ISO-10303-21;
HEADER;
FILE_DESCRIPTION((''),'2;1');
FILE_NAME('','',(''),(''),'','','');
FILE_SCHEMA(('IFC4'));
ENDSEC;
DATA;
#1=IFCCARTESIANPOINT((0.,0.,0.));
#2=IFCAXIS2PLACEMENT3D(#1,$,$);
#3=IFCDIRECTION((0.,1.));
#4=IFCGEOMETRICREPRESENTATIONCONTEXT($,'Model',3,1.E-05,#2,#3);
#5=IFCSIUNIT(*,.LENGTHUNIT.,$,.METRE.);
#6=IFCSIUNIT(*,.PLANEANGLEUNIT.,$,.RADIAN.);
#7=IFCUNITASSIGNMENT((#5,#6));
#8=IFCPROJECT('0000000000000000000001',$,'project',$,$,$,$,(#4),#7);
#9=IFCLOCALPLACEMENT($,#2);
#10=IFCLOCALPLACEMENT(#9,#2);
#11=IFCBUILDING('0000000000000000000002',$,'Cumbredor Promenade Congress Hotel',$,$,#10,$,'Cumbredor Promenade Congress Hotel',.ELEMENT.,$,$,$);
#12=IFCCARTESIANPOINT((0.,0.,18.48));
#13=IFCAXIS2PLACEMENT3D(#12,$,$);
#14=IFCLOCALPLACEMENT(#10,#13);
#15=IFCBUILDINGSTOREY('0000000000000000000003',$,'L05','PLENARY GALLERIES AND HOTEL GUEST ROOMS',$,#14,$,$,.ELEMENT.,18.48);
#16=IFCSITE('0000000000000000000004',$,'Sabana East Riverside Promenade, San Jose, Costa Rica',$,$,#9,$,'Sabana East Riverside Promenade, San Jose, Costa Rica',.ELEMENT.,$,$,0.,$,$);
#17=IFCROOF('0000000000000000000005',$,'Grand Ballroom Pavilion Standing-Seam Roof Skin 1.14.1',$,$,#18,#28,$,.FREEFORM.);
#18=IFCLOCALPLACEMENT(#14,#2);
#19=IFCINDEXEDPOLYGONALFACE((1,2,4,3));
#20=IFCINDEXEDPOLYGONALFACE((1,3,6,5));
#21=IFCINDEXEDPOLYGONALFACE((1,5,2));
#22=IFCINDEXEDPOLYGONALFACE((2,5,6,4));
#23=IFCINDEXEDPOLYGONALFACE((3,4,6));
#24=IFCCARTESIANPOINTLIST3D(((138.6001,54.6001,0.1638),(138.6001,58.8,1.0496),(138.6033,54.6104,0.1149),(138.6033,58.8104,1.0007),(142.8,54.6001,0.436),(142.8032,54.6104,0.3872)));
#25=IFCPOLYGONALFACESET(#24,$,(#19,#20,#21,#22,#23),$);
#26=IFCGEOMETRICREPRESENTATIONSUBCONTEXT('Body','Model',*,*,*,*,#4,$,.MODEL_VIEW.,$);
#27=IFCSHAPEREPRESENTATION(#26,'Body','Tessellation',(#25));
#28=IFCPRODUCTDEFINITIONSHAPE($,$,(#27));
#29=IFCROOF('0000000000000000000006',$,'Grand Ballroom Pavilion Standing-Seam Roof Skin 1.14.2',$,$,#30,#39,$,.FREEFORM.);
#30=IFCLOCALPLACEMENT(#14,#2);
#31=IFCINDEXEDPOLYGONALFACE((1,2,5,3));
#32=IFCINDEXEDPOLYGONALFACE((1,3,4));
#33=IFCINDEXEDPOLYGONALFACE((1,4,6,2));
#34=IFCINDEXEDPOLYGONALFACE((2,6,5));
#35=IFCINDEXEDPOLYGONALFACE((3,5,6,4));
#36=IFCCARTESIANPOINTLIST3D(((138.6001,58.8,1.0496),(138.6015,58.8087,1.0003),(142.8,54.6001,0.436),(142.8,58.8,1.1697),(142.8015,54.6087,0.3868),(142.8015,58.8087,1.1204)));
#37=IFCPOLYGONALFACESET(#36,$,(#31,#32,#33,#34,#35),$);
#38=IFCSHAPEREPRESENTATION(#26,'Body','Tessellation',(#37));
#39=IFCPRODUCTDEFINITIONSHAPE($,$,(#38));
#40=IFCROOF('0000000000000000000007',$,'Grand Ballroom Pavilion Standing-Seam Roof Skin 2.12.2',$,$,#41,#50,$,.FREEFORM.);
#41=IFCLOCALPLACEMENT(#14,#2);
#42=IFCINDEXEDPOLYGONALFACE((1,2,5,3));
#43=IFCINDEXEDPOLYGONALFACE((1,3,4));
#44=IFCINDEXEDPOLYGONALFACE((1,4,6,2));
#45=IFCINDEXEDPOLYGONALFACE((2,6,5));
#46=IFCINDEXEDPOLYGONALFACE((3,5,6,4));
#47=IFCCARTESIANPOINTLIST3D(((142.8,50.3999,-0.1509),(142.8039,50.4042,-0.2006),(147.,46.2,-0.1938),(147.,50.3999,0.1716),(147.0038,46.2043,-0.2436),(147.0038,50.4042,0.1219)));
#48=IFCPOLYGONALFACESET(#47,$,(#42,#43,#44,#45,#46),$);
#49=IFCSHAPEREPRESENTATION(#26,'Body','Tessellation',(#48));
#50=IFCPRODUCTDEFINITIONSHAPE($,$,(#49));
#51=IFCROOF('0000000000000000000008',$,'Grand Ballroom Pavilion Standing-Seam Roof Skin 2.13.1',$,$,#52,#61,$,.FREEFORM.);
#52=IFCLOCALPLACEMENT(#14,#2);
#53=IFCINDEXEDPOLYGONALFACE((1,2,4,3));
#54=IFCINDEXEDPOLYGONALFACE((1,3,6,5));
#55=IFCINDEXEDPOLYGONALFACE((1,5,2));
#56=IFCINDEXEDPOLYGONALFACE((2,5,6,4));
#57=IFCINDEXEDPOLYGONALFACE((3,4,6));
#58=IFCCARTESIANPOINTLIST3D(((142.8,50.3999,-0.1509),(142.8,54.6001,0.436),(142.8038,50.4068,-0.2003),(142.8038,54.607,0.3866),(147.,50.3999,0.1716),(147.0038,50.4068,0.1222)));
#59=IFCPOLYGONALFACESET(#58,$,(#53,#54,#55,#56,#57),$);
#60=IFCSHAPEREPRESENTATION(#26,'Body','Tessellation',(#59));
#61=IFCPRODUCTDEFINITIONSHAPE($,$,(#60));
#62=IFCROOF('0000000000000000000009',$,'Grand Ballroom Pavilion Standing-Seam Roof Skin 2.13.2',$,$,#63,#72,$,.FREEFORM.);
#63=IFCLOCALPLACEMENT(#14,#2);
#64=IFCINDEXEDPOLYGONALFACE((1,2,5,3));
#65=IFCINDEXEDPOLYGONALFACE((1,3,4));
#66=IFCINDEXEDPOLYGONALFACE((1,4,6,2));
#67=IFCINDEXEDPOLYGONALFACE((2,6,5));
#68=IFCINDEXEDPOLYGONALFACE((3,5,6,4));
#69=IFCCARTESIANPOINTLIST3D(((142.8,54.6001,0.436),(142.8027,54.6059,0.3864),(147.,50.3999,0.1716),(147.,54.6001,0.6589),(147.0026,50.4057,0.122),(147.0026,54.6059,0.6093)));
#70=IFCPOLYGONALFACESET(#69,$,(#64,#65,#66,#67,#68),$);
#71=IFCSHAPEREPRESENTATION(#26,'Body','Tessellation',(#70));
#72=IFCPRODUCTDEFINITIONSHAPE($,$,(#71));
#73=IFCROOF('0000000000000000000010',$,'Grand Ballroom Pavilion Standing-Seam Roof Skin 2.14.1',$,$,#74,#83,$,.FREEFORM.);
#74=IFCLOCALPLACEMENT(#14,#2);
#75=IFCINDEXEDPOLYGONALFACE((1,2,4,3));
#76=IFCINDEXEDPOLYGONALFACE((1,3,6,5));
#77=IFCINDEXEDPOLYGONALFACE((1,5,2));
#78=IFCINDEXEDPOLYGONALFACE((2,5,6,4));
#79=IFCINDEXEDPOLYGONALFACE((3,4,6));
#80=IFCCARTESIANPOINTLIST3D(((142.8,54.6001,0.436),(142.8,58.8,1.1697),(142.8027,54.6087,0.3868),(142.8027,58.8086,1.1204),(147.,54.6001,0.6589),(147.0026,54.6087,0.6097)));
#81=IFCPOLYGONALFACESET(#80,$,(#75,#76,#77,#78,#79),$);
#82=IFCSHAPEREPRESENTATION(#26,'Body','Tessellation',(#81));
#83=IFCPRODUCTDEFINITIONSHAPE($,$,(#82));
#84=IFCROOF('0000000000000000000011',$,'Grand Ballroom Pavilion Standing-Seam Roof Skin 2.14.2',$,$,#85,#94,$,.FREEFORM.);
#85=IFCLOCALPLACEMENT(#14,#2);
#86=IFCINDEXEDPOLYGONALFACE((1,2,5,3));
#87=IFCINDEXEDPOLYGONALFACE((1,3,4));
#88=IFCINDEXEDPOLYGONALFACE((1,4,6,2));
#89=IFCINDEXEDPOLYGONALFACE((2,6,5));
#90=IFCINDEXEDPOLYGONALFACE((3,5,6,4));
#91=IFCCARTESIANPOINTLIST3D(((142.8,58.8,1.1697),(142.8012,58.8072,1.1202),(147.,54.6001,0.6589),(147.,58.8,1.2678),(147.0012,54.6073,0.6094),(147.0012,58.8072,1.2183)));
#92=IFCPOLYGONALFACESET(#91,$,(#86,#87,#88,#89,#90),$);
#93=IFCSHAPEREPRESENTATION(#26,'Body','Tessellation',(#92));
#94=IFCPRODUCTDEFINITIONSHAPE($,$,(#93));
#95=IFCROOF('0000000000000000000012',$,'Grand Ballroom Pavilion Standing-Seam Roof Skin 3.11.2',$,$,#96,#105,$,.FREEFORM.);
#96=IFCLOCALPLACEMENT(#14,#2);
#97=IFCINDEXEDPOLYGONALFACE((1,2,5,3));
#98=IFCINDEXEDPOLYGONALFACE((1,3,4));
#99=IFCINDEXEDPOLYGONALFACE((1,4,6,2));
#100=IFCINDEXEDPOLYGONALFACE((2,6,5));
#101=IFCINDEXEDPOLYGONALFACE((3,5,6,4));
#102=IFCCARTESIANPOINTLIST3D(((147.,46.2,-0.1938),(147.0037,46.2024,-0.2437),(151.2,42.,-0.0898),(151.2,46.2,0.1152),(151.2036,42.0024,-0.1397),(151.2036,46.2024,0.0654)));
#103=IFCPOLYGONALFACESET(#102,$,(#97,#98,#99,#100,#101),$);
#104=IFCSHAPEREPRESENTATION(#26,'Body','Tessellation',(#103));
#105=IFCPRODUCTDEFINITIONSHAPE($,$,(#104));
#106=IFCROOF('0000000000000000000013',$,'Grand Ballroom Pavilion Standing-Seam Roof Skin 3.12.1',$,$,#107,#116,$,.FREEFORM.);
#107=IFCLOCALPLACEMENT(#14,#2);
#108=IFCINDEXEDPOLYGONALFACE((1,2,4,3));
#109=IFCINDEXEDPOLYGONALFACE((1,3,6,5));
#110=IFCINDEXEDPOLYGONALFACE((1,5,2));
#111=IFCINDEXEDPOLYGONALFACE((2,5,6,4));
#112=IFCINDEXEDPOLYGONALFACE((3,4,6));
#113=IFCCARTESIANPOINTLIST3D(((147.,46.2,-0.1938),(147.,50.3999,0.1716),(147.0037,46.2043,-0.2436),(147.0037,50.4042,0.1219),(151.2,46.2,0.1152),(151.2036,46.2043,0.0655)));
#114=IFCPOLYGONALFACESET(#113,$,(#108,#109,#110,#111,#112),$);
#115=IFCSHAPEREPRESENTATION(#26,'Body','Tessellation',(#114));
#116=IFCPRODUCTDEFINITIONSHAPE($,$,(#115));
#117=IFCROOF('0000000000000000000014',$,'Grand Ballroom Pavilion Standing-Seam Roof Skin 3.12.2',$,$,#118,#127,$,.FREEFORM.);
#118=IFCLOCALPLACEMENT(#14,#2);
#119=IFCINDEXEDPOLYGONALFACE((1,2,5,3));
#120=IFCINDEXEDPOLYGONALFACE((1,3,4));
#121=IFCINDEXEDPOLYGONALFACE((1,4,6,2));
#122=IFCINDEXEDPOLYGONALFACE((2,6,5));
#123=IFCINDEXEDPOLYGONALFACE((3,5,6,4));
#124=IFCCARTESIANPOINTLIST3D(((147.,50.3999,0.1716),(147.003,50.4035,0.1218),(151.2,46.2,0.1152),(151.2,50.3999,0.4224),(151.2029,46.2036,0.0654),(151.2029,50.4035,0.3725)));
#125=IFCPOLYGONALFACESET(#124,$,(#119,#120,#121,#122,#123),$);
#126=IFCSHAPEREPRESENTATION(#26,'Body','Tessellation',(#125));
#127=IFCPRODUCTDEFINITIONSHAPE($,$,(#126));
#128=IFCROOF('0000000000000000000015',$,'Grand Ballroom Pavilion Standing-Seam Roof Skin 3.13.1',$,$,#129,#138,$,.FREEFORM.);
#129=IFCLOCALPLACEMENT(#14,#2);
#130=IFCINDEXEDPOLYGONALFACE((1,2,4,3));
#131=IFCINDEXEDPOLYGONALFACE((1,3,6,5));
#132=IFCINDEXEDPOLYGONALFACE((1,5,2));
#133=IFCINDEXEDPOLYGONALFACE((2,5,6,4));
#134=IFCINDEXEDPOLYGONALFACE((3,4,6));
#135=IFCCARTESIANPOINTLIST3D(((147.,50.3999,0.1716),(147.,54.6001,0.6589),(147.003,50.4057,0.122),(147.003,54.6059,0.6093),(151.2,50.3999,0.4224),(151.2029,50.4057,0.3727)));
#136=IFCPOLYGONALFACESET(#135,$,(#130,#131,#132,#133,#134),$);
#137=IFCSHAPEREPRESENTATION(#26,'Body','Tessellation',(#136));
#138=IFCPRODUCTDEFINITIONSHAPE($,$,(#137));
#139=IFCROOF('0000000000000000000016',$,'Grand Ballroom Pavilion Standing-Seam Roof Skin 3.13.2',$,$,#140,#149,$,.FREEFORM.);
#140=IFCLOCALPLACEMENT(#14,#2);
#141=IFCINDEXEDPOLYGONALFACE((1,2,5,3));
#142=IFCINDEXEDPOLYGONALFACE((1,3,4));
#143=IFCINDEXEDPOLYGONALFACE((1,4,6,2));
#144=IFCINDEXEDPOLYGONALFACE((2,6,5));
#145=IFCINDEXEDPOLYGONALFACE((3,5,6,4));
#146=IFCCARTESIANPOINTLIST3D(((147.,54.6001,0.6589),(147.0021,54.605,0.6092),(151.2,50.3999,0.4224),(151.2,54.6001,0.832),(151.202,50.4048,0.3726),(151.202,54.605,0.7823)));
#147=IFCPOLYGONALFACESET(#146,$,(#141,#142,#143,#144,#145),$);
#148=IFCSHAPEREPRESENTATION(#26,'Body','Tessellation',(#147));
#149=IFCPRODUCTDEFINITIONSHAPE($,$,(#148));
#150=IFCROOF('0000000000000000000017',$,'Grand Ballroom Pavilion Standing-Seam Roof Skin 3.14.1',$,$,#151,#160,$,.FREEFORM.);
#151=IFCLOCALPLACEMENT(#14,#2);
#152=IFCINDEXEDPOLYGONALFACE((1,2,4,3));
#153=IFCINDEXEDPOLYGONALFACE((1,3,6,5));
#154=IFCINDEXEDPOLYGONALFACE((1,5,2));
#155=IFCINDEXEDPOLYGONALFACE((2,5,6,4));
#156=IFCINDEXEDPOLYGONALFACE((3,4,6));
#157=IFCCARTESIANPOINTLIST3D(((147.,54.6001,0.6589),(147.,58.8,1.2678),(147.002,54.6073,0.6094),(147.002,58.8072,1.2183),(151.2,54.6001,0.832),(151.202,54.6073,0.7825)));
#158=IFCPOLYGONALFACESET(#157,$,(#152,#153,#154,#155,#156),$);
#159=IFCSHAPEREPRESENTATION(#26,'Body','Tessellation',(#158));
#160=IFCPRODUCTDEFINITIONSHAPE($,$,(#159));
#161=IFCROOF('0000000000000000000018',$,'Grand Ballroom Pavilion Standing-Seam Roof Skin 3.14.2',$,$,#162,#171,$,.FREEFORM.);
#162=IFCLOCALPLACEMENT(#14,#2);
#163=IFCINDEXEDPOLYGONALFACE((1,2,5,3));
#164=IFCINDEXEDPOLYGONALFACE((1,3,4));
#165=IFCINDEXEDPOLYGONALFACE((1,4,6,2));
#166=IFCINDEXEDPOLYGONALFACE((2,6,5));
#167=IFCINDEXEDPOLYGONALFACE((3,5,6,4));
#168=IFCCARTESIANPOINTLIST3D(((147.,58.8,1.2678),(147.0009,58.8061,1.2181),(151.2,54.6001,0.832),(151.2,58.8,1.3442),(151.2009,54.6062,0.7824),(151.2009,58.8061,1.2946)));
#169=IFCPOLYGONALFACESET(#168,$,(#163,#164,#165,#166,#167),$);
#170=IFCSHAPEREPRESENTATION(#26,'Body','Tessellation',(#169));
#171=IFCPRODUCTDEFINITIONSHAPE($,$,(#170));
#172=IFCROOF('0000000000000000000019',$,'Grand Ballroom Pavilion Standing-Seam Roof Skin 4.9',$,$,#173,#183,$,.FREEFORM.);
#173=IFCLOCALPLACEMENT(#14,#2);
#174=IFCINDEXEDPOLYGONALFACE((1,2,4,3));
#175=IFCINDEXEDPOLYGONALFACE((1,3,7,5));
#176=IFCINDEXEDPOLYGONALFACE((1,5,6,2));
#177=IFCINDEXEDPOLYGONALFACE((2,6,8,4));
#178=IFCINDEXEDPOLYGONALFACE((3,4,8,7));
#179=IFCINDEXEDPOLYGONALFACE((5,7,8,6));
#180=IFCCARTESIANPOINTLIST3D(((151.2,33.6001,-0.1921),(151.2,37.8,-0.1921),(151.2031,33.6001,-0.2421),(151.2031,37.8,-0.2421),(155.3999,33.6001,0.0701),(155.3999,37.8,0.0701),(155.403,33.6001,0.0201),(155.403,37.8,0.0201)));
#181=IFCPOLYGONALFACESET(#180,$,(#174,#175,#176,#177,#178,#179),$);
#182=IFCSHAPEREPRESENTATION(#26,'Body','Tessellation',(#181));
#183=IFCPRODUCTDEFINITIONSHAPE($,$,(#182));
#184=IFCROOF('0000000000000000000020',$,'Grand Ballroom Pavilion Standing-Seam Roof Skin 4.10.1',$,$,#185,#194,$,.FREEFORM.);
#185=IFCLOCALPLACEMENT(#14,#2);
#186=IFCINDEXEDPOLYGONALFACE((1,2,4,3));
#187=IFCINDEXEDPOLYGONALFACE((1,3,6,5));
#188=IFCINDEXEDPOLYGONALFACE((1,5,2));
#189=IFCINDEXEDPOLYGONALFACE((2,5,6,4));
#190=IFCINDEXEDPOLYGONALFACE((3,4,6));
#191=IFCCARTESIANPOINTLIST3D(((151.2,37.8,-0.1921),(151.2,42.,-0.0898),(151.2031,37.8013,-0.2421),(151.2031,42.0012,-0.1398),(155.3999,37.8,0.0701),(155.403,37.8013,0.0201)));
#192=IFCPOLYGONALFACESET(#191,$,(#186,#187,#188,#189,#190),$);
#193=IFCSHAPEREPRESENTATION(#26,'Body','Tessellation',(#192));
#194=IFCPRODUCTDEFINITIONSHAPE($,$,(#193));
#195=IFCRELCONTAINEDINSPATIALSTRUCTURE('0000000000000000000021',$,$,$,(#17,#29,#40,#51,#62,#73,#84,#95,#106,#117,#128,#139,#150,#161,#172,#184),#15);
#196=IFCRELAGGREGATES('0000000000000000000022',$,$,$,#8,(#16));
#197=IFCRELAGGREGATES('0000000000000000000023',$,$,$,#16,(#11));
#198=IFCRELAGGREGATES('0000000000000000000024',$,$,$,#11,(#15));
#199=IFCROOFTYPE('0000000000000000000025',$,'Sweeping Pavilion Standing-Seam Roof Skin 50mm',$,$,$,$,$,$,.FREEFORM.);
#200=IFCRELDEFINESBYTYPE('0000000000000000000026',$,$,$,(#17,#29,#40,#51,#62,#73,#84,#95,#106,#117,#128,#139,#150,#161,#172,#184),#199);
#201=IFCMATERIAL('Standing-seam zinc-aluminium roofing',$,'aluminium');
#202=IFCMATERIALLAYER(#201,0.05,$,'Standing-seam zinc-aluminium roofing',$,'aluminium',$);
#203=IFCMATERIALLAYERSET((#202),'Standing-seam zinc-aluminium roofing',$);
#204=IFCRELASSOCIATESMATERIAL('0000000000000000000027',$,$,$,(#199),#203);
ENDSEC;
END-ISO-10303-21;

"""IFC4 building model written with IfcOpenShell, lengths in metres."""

from ifc_helpers import new_model, si_unit, direction, frame, origin, place, context, subcontext, project, spatial, polyline, outline, extrude, material, layer, layer_set, type_object, element, save


model = new_model("IFC4")

# Units and contexts
model_context = context("Model", 3, precision=1e-05, world=origin(), true_north=direction((0.0, 1.0)))
body_context = subcontext(model_context, "Body", "Model", "MODEL_VIEW")
ifc_project = project(units=[si_unit("LENGTHUNIT", "METRE"), si_unit("PLANEANGLEUNIT", "RADIAN")], contexts=[model_context])

# Site, building, storey
site_placement = place(None, origin())
site = spatial("IfcSite", under=ifc_project, at=site_placement, Name="Sabana East Riverside Promenade, San Jose, Costa Rica", LongName="Sabana East Riverside Promenade, San Jose, Costa Rica", CompositionType="ELEMENT", RefElevation=0.0)
building_placement = place(site_placement, origin())
building = spatial("IfcBuilding", under=site, at=building_placement, Name="Cumbredor Promenade Congress Hotel", LongName="Cumbredor Promenade Congress Hotel", CompositionType="ELEMENT")
storey_placement = place(building_placement, frame((0.0, 0.0, 18.48)))
storey = spatial("IfcBuildingStorey", under=building, at=storey_placement, Name="L05", Description="PLENARY GALLERIES AND HOTEL GUEST ROOMS", CompositionType="ELEMENT", Elevation=18.48)

# Roofs
ifc_material_1 = material(Name="Standing-seam zinc-aluminium roofing", Category="aluminium")
ifc_layer_1 = layer(ifc_material_1, 0.05, Name="Standing-seam zinc-aluminium roofing", Category="aluminium")
ifc_layer_set_1 = layer_set([ifc_layer_1], Name="Standing-seam zinc-aluminium roofing")
roof_type = type_object("IfcRoofType", Name="Sweeping Pavilion Standing-Seam Roof Skin 50mm", PredefinedType="FREEFORM", material=ifc_layer_set_1)
roof_1_placement = place(storey_placement, frame((138.6001, 54.6001, 0.1638), z_axis=(-0.063292, -0.205941, 0.976516), x_axis=(0.997906, 0.0, 0.064679)))
element("IfcRoof", 1, at=roof_1_placement, inside=storey, type_object=roof_type, Name="Grand Ballroom Pavilion Standing-Seam Roof Skin 1.14.1", PredefinedType="FREEFORM", context=body_context, shape_type="SweptSolid", body=[
    extrude(outline(polyline([(0.0, 0.0), (4.2088, 0.0), (0.0573, 4.292), (0.0, 0.0)])), origin(), (0.0, 0.0, -1.0), 0.05),
])
roof_2_placement = place(storey_placement, frame((142.8, 54.6001, 0.436), z_axis=(-0.028162, -0.172005, 0.984693), x_axis=(0.0, 0.985084, 0.172073)))
element("IfcRoof", 2, at=roof_2_placement, inside=storey, type_object=roof_type, Name="Grand Ballroom Pavilion Standing-Seam Roof Skin 1.14.2", PredefinedType="FREEFORM", context=body_context, shape_type="SweptSolid", body=[
    extrude(outline(polyline([(0.0, 0.0), (4.2635, 0.0), (4.2429, 4.2016), (0.0, 0.0)])), origin(), (0.0, 0.0, -1.0), 0.05),
])
roof_3_placement = place(storey_placement, frame((147.0, 46.2, -0.1938), z_axis=(-0.076277, -0.08644, 0.993333), x_axis=(0.0, 0.996235, 0.086692)))
element("IfcRoof", 3, at=roof_3_placement, inside=storey, type_object=roof_type, Name="Grand Ballroom Pavilion Standing-Seam Roof Skin 2.12.2", PredefinedType="FREEFORM", context=body_context, shape_type="SweptSolid", body=[
    extrude(outline(polyline([(0.0, 0.0), (4.2158, 0.0), (4.1879, 4.2122), (0.0, 0.0)])), origin(), (0.0, 0.0, -1.0), 0.05),
])
roof_4_placement = place(storey_placement, frame((142.8, 50.3999, -0.1509), z_axis=(-0.075831, -0.137992, 0.987526), x_axis=(0.997065, 0.0, 0.076564)))
element("IfcRoof", 4, at=roof_4_placement, inside=storey, type_object=roof_type, Name="Grand Ballroom Pavilion Standing-Seam Roof Skin 2.13.1", PredefinedType="FREEFORM", context=body_context, shape_type="SweptSolid", body=[
    extrude(outline(polyline([(0.0, 0.0), (4.2123, 0.0), (0.0449, 4.2408), (0.0, 0.0)])), origin(), (0.0, 0.0, -1.0), 0.05),
])
roof_5_placement = place(storey_placement, frame((147.0, 50.3999, 0.1716), z_axis=(-0.052645, -0.115087, 0.991959), x_axis=(0.0, 0.993337, 0.115246)))
element("IfcRoof", 5, at=roof_5_placement, inside=storey, type_object=roof_type, Name="Grand Ballroom Pavilion Standing-Seam Roof Skin 2.13.2", PredefinedType="FREEFORM", context=body_context, shape_type="SweptSolid", body=[
    extrude(outline(polyline([(0.0, 0.0), (4.2284, 0.0), (4.2027, 4.2058), (0.0, 0.0)])), origin(), (0.0, 0.0, -1.0), 0.05),
])
roof_6_placement = place(storey_placement, frame((142.8, 54.6001, 0.436), z_axis=(-0.052209, -0.171839, 0.983741), x_axis=(0.998595, 0.0, 0.052998)))
element("IfcRoof", 6, at=roof_6_placement, inside=storey, type_object=roof_type, Name="Grand Ballroom Pavilion Standing-Seam Roof Skin 2.14.1", PredefinedType="FREEFORM", context=body_context, shape_type="SweptSolid", body=[
    extrude(outline(polyline([(0.0, 0.0), (4.2059, 0.0), (0.0389, 4.2634), (0.0, 0.0)])), origin(), (0.0, 0.0, -1.0), 0.05),
])
roof_7_placement = place(storey_placement, frame((147.0, 54.6001, 0.6589), z_axis=(-0.02312, -0.143436, 0.989389), x_axis=(0.0, 0.989654, 0.143475)))
element("IfcRoof", 7, at=roof_7_placement, inside=storey, type_object=roof_type, Name="Grand Ballroom Pavilion Standing-Seam Roof Skin 2.14.2", PredefinedType="FREEFORM", context=body_context, shape_type="SweptSolid", body=[
    extrude(outline(polyline([(0.0, 0.0), (4.2439, 0.0), (4.2298, 4.2011), (0.0, 0.0)])), origin(), (0.0, 0.0, -1.0), 0.05),
])
roof_8_placement = place(storey_placement, frame((151.2, 42.0, -0.0898), z_axis=(-0.073306, -0.048639, 0.996123), x_axis=(0.0, 0.99881, 0.048771)))
element("IfcRoof", 8, at=roof_8_placement, inside=storey, type_object=roof_type, Name="Grand Ballroom Pavilion Standing-Seam Roof Skin 3.11.2", PredefinedType="FREEFORM", context=body_context, shape_type="SweptSolid", body=[
    extrude(outline(polyline([(0.0, 0.0), (4.205, 0.0), (4.1899, 4.2113), (0.0, 0.0)])), origin(), (0.0, 0.0, -1.0), 0.05),
])
roof_9_placement = place(storey_placement, frame((147.0, 46.2, -0.1938), z_axis=(-0.073119, -0.08646, 0.993568), x_axis=(0.997303, 0.0, 0.073393)))
element("IfcRoof", 9, at=roof_9_placement, inside=storey, type_object=roof_type, Name="Grand Ballroom Pavilion Standing-Seam Roof Skin 3.12.1", PredefinedType="FREEFORM", context=body_context, shape_type="SweptSolid", body=[
    extrude(outline(polyline([(0.0, 0.0), (4.2113, 0.0), (0.0268, 4.2157), (0.0, 0.0)])), origin(), (0.0, 0.0, -1.0), 0.05),
])
roof_10_placement = place(storey_placement, frame((151.2, 46.2, 0.1152), z_axis=(-0.059435, -0.072803, 0.995574), x_axis=(0.0, 0.997337, 0.072932)))
element("IfcRoof", 10, at=roof_10_placement, inside=storey, type_object=roof_type, Name="Grand Ballroom Pavilion Standing-Seam Roof Skin 3.12.2", PredefinedType="FREEFORM", context=body_context, shape_type="SweptSolid", body=[
    extrude(outline(polyline([(0.0, 0.0), (4.2112, 0.0), (4.1929, 4.2074), (0.0, 0.0)])), origin(), (0.0, 0.0, -1.0), 0.05),
])
roof_11_placement = place(storey_placement, frame((147.0, 50.3999, 0.1716), z_axis=(-0.059197, -0.115044, 0.991595), x_axis=(0.998223, 0.0, 0.059593)))
element("IfcRoof", 11, at=roof_11_placement, inside=storey, type_object=roof_type, Name="Grand Ballroom Pavilion Standing-Seam Roof Skin 3.13.1", PredefinedType="FREEFORM", context=body_context, shape_type="SweptSolid", body=[
    extrude(outline(polyline([(0.0, 0.0), (4.2074, 0.0), (0.029, 4.2283), (0.0, 0.0)])), origin(), (0.0, 0.0, -1.0), 0.05),
])
roof_12_placement = place(storey_placement, frame((151.2, 50.3999, 0.4224), z_axis=(-0.040985, -0.096993, 0.994441), x_axis=(0.0, 0.995277, 0.097075)))
element("IfcRoof", 12, at=roof_12_placement, inside=storey, type_object=roof_type, Name="Grand Ballroom Pavilion Standing-Seam Roof Skin 3.13.2", PredefinedType="FREEFORM", context=body_context, shape_type="SweptSolid", body=[
    extrude(outline(polyline([(0.0, 0.0), (4.2201, 0.0), (4.2033, 4.2035), (0.0, 0.0)])), origin(), (0.0, 0.0, -1.0), 0.05),
])
roof_13_placement = place(storey_placement, frame((147.0, 54.6001, 0.6589), z_axis=(-0.040753, -0.143356, 0.988832), x_axis=(0.999152, 0.0, 0.041179)))
element("IfcRoof", 13, at=roof_13_placement, inside=storey, type_object=roof_type, Name="Grand Ballroom Pavilion Standing-Seam Roof Skin 3.14.1", PredefinedType="FREEFORM", context=body_context, shape_type="SweptSolid", body=[
    extrude(outline(polyline([(0.0, 0.0), (4.2035, 0.0), (0.0251, 4.2438), (0.0, 0.0)])), origin(), (0.0, 0.0, -1.0), 0.05),
])
roof_14_placement = place(storey_placement, frame((151.2, 54.6001, 0.832), z_axis=(-0.018058, -0.121039, 0.992484), x_axis=(0.0, 0.992645, 0.121059)))
element("IfcRoof", 14, at=roof_14_placement, inside=storey, type_object=roof_type, Name="Grand Ballroom Pavilion Standing-Seam Roof Skin 3.14.2", PredefinedType="FREEFORM", context=body_context, shape_type="SweptSolid", body=[
    extrude(outline(polyline([(0.0, 0.0), (4.2311, 0.0), (4.2218, 4.2006), (0.0, 0.0)])), origin(), (0.0, 0.0, -1.0), 0.05),
])
roof_15_placement = place(storey_placement, frame((151.2, 33.6001, -0.1921), z_axis=(-0.06231, 0.0, 0.998057), x_axis=(0.998057, 0.0, 0.06231)))
element("IfcRoof", 15, at=roof_15_placement, inside=storey, type_object=roof_type, Name="Grand Ballroom Pavilion Standing-Seam Roof Skin 4.9", PredefinedType="FREEFORM", context=body_context, shape_type="SweptSolid", body=[
    extrude(outline(polyline([(0.0, 0.0), (4.2081, 0.0), (4.2081, 4.2), (0.0, 4.2), (0.0, 0.0)])), origin(), (0.0, 0.0, -1.0), 0.05),
])
roof_16_placement = place(storey_placement, frame((151.2, 37.8, -0.1921), z_axis=(-0.062291, -0.024302, 0.997762), x_axis=(0.998057, 0.0, 0.06231)))
element("IfcRoof", 16, at=roof_16_placement, inside=storey, type_object=roof_type, Name="Grand Ballroom Pavilion Standing-Seam Roof Skin 4.10.1", PredefinedType="FREEFORM", context=body_context, shape_type="SweptSolid", body=[
    extrude(outline(polyline([(0.0, 0.0), (4.2081, 0.0), (0.0064, 4.2012), (0.0, 0.0)])), origin(), (0.0, 0.0, -1.0), 0.05),
])

save(model, "model.ifc")
